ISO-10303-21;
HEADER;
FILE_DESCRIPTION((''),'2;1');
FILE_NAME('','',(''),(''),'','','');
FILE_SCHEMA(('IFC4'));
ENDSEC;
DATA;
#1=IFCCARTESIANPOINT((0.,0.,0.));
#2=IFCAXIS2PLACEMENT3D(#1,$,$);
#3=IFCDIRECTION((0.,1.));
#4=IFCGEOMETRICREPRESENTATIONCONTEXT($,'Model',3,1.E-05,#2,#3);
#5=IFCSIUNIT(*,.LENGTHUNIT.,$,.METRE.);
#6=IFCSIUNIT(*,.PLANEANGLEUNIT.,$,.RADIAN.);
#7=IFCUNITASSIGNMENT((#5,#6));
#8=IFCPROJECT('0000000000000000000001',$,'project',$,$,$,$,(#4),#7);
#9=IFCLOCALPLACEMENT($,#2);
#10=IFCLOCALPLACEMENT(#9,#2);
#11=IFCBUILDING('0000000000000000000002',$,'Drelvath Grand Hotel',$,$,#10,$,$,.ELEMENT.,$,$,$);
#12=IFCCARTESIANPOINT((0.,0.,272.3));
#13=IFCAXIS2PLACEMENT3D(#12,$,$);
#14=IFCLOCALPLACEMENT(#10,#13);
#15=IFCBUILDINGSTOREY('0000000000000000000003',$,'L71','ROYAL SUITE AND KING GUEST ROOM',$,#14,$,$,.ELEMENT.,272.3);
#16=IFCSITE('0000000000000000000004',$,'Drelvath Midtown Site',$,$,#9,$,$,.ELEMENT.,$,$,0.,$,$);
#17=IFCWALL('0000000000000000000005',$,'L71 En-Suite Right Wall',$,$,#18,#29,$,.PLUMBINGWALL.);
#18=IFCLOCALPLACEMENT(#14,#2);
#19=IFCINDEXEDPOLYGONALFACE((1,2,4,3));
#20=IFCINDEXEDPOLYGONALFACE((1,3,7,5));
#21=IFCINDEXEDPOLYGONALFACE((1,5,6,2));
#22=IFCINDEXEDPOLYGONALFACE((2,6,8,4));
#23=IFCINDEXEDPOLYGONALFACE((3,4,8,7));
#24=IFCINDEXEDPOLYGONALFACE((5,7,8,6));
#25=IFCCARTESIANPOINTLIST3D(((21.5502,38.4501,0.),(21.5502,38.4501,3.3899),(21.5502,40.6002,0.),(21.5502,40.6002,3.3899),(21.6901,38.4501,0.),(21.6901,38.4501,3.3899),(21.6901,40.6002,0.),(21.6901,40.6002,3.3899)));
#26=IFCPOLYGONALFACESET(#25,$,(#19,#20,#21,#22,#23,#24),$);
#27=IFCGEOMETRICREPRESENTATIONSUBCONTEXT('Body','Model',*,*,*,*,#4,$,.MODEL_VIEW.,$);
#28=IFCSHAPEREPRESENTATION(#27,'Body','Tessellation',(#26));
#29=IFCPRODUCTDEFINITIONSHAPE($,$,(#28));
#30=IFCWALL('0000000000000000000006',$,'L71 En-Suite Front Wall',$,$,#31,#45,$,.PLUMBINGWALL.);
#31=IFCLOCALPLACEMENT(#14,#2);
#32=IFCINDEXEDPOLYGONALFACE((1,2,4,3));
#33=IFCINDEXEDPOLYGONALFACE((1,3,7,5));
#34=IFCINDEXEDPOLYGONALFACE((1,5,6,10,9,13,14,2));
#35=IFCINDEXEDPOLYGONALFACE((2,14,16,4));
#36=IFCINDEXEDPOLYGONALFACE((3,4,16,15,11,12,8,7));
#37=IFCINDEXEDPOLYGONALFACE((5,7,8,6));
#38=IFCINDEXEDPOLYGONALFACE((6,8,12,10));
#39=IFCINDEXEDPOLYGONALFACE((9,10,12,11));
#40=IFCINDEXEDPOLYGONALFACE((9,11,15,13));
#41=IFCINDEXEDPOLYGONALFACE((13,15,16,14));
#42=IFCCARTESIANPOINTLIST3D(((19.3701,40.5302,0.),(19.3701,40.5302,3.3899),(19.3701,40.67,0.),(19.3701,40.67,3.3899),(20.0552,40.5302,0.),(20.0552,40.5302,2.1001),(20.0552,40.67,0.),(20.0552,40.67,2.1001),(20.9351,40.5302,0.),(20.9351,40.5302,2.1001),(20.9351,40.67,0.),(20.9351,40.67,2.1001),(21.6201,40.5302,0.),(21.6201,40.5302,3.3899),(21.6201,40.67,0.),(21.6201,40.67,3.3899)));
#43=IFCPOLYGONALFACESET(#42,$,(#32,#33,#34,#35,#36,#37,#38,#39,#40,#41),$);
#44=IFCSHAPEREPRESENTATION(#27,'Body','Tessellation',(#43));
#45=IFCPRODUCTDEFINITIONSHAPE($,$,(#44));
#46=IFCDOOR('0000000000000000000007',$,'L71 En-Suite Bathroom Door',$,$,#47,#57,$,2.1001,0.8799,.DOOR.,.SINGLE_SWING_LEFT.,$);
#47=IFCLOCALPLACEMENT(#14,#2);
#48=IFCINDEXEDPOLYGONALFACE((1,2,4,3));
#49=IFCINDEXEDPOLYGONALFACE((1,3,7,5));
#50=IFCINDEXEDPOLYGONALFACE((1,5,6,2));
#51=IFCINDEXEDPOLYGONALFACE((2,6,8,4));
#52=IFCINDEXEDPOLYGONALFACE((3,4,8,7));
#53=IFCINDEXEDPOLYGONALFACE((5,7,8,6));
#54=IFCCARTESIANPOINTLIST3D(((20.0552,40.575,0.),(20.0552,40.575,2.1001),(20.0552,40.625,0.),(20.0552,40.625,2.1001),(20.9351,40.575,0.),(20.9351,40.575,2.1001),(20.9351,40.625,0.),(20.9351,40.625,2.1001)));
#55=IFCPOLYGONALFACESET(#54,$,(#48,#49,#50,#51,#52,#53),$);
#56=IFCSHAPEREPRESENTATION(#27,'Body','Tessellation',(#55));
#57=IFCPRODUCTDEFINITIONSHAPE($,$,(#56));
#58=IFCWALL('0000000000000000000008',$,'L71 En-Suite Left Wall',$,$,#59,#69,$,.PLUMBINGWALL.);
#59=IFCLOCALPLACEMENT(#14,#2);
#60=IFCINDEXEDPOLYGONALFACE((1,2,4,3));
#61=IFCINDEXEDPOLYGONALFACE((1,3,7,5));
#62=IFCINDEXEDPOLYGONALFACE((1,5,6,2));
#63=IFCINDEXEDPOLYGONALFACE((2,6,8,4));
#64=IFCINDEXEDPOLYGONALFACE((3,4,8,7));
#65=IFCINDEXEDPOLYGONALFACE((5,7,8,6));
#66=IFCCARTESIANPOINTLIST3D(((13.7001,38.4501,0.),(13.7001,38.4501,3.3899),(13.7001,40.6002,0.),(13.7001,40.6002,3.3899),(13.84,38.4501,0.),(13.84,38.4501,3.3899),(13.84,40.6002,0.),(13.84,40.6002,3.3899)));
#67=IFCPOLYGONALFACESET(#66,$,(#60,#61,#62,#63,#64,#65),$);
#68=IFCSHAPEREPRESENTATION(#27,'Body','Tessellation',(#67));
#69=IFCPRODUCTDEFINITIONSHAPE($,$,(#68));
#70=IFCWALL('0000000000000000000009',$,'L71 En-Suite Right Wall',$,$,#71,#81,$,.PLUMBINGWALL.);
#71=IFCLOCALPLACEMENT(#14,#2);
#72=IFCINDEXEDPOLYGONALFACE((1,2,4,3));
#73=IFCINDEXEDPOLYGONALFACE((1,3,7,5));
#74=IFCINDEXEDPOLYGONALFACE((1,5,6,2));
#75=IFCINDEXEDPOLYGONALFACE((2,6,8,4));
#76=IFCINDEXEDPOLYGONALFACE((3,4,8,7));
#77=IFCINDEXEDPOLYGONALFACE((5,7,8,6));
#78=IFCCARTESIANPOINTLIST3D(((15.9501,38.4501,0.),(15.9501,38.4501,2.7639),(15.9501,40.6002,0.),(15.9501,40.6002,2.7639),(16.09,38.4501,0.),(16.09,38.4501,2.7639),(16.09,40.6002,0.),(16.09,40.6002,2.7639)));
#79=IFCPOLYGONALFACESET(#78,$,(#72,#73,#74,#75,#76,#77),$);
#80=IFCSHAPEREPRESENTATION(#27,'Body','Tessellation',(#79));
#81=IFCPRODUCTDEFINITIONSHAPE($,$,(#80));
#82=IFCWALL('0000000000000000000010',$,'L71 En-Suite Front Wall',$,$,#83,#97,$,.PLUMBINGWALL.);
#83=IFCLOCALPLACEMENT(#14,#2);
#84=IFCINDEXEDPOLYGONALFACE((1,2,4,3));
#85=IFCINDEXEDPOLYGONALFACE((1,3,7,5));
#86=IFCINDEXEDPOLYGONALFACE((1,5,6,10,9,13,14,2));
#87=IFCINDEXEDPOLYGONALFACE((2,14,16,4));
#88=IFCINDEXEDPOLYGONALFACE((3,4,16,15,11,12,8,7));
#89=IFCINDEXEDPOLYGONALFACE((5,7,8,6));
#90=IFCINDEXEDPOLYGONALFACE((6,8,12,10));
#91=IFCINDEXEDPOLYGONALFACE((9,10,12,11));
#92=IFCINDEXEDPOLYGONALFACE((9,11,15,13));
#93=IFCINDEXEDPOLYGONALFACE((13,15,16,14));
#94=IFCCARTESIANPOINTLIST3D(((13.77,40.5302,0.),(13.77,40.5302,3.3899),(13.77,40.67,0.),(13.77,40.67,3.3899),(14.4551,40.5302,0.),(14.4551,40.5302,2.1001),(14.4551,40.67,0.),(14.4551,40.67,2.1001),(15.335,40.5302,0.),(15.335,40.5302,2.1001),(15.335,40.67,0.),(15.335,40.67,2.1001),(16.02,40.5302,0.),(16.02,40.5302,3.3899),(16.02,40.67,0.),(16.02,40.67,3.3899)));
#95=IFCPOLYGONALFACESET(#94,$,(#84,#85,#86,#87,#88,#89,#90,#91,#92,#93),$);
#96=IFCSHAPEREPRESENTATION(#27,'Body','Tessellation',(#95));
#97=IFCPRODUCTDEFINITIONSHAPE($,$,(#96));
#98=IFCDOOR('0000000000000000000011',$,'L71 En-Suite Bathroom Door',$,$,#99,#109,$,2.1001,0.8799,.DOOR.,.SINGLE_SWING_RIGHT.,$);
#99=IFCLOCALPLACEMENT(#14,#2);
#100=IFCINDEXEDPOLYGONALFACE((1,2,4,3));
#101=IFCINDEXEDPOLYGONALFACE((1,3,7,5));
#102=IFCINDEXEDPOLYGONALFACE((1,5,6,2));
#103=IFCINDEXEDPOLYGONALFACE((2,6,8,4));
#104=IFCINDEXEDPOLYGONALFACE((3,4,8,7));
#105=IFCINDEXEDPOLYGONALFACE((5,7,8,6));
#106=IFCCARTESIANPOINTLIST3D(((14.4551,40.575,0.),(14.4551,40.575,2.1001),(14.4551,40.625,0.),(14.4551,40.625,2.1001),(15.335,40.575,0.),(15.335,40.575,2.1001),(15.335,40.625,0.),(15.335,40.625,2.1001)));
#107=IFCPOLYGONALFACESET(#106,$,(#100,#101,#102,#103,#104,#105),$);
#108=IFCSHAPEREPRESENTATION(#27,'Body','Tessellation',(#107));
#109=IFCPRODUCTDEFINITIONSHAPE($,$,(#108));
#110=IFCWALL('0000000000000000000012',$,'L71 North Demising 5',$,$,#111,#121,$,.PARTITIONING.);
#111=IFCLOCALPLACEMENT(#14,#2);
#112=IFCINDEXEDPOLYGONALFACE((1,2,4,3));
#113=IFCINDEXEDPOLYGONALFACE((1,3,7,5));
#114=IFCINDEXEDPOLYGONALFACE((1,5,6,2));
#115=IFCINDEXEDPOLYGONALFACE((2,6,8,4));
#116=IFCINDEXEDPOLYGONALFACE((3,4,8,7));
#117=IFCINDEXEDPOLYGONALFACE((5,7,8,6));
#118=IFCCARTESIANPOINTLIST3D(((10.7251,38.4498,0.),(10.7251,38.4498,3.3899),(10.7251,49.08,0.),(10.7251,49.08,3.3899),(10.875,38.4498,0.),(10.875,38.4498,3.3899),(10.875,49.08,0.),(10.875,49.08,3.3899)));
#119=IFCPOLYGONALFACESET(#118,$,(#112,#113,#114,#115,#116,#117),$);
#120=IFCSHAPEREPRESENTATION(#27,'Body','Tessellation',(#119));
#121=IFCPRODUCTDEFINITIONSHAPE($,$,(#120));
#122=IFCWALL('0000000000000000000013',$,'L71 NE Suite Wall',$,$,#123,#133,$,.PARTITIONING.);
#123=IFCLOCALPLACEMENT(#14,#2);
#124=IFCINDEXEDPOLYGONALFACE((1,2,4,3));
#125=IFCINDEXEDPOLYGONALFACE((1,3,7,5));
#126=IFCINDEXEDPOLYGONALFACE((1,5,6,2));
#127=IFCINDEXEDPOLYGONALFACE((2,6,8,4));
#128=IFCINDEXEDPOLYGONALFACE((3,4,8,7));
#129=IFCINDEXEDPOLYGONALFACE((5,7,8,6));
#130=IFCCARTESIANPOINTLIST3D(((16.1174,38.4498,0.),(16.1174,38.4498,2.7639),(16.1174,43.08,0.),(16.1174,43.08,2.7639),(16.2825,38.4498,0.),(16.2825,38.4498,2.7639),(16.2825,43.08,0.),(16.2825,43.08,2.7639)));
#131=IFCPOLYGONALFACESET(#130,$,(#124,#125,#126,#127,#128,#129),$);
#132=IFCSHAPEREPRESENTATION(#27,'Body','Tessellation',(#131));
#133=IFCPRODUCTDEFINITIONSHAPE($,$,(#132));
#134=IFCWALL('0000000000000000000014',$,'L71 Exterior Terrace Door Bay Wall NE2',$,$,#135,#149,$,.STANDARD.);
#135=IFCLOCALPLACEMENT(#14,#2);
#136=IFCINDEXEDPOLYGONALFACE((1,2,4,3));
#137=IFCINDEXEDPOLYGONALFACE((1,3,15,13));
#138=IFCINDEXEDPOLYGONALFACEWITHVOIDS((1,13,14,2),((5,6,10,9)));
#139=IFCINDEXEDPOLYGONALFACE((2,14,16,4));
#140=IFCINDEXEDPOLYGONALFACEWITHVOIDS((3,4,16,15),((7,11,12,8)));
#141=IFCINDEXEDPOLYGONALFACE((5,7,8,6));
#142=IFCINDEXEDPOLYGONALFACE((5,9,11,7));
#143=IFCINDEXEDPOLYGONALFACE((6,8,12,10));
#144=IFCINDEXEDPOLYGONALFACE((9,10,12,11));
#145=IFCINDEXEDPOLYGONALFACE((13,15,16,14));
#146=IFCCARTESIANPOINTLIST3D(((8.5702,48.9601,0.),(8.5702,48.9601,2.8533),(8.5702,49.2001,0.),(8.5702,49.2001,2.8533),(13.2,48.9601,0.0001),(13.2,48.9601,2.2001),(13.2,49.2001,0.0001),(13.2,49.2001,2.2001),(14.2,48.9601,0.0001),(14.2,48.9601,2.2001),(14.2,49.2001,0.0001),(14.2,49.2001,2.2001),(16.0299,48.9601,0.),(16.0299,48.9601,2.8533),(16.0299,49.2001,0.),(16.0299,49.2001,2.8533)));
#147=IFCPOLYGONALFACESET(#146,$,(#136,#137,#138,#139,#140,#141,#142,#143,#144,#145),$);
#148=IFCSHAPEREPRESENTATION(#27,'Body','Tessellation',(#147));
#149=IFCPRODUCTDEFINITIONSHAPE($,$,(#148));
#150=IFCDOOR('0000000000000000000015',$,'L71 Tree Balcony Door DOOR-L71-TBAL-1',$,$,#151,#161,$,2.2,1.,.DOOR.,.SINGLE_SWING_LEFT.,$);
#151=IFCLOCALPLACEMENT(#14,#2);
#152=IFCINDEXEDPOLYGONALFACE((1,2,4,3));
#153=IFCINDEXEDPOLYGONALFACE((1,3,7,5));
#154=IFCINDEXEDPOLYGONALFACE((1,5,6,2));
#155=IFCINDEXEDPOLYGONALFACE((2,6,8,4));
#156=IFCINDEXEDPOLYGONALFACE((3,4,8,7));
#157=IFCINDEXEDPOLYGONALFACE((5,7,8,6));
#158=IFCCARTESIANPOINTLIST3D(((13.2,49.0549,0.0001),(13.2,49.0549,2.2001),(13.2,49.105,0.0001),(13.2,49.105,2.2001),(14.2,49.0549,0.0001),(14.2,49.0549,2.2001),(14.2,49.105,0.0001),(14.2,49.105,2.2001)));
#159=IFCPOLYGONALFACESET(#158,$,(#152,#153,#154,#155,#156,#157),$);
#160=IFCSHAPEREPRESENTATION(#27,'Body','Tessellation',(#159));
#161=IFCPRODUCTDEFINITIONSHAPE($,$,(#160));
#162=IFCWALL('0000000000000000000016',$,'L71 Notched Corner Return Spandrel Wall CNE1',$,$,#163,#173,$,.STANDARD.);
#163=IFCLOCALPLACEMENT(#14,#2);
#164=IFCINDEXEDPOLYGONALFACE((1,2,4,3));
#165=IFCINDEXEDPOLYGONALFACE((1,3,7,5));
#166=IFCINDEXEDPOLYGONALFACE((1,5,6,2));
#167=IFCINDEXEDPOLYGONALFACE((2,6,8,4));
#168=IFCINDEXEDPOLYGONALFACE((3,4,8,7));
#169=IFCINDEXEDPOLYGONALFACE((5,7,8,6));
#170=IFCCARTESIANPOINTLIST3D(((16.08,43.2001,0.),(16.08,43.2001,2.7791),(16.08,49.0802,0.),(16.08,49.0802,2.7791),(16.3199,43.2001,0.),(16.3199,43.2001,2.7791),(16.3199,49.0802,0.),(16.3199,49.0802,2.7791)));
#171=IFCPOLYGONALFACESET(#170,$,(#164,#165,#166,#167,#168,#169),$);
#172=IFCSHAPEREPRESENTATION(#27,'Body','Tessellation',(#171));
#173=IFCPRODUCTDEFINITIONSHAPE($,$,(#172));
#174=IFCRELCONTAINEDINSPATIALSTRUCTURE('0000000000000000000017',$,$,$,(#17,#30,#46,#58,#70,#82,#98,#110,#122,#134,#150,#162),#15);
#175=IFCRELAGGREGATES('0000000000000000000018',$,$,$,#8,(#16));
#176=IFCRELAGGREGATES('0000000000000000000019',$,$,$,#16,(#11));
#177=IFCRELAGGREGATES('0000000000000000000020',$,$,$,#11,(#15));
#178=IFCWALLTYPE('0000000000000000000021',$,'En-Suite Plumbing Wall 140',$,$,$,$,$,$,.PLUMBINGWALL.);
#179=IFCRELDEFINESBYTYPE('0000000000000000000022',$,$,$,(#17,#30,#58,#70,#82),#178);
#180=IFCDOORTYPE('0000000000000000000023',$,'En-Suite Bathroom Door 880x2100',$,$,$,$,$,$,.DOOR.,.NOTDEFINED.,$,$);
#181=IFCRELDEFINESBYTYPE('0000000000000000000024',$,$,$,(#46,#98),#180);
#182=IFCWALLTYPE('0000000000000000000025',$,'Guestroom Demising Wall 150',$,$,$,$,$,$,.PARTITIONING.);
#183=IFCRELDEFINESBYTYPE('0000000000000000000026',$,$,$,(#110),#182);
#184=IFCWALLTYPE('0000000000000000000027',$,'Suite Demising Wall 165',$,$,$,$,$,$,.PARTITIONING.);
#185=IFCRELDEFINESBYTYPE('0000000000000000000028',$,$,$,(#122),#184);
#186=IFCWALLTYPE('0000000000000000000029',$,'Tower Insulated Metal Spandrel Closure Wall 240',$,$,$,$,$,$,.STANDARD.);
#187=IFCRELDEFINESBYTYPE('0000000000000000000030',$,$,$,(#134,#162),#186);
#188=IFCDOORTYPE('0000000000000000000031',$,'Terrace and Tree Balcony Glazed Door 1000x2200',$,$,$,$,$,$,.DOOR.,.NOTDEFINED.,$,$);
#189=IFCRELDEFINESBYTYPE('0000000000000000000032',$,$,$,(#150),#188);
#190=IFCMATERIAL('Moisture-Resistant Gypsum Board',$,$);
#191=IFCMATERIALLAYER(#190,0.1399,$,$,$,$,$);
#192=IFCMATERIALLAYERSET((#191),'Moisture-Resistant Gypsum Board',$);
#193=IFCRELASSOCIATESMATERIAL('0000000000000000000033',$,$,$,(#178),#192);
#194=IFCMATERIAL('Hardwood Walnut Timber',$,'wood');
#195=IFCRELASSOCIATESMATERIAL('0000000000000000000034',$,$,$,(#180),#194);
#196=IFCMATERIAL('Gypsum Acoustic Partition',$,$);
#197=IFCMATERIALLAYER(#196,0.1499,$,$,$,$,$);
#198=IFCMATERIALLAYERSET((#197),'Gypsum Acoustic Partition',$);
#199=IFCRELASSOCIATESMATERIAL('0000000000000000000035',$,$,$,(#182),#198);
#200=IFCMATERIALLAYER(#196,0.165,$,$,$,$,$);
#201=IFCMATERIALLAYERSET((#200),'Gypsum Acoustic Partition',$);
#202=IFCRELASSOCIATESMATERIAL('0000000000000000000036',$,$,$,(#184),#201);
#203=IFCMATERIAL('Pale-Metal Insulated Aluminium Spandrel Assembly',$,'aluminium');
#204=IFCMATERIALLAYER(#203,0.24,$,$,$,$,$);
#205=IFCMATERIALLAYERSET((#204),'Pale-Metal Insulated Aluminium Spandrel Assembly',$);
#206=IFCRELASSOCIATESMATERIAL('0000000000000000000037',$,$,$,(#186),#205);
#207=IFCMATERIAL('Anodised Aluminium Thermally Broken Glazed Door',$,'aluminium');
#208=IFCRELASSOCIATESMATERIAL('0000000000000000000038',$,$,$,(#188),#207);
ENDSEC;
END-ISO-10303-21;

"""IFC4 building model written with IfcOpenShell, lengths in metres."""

from ifc_helpers import new_model, si_unit, direction, frame, frame_2d, origin, place, context, subcontext, project, spatial, rectangle, extrude, material, layer, layer_set, type_object, element, fill, save


model = new_model("IFC4")

# Units and contexts
model_context = context("Model", 3, precision=1e-05, world=origin(), true_north=direction((0.0, 1.0)))
body_context = subcontext(model_context, "Body", "Model", "MODEL_VIEW")
ifc_project = project(units=[si_unit("LENGTHUNIT", "METRE"), si_unit("PLANEANGLEUNIT", "RADIAN")], contexts=[model_context])

# Site, building, storey
site_placement = place(None, origin())
site = spatial("IfcSite", under=ifc_project, at=site_placement, Name="Drelvath Midtown Site", CompositionType="ELEMENT", RefElevation=0.0)
building_placement = place(site_placement, origin())
building = spatial("IfcBuilding", under=site, at=building_placement, Name="Drelvath Grand Hotel", CompositionType="ELEMENT")
storey_placement = place(building_placement, frame((0.0, 0.0, 272.3)))
storey = spatial("IfcBuildingStorey", under=building, at=storey_placement, Name="L71", Description="ROYAL SUITE AND KING GUEST ROOM", CompositionType="ELEMENT", Elevation=272.3)

# Wall
ifc_material_1 = material(Name="Moisture-Resistant Gypsum Board")
ifc_layer_1 = layer(ifc_material_1, 0.1399)
ifc_layer_set_1 = layer_set([ifc_layer_1], Name="Moisture-Resistant Gypsum Board")
wall_type_1 = type_object("IfcWallType", Name="En-Suite Plumbing Wall 140", PredefinedType="PLUMBINGWALL", material=ifc_layer_set_1)
for number, where, z_axis, x_axis, name in (
    (1, (21.6201, 38.45, 0.0), (0.0, 0.0, 1.0), (0.0, 1.0, 0.0), "L71 En-Suite Right Wall"),
):
    element("IfcWall", number, at=place(storey_placement, frame(where, z_axis=z_axis, x_axis=x_axis)), inside=storey, type_object=wall_type_1, Name=name, PredefinedType="PLUMBINGWALL", context=body_context, shape_type="SweptSolid", body=[
        extrude(rectangle(XDim=2.1501, YDim=0.1399, at=frame_2d((1.0752, 0.0))), origin(), (0.0, 0.0, 1.0), 3.3899),
    ])

# Wall, opening, door
wall_1_placement = place(storey_placement, frame((19.3701, 40.6001, 0.0), z_axis=(0.0, 0.0, 1.0), x_axis=(1.0, 0.0, 0.0)))
wall_1 = element("IfcWall", 2, at=wall_1_placement, inside=storey, type_object=wall_type_1, Name="L71 En-Suite Front Wall", PredefinedType="PLUMBINGWALL", context=body_context, shape_type="SweptSolid", body=[
    extrude(rectangle(XDim=2.25, YDim=0.1399, at=frame_2d((1.125, 0.0))), origin(), (0.0, 0.0, 1.0), 3.3899),
])
opening_1_placement = place(wall_1_placement, frame((0.6851, 0.0, 0.0)))
opening_1 = element("IfcOpeningElement", 3, at=opening_1_placement, cuts=wall_1, PredefinedType="OPENING", context=body_context, shape_type="SweptSolid", body=[
    extrude(rectangle(XDim=0.8799, YDim=2.1001, at=frame_2d((0.4399, 1.05))), frame((0.0, 0.0798, 0.0), z_axis=(0.0, -1.0, 0.0), x_axis=(1.0, 0.0, 0.0)), (0.0, 0.0, 1.0), 0.1599),
])
ifc_material_2 = material(Name="Hardwood Walnut Timber", Category="wood")
door_type_1 = type_object("IfcDoorType", Name="En-Suite Bathroom Door 880x2100", OperationType="NOTDEFINED", PredefinedType="DOOR", material=ifc_material_2)
door_1_placement = place(opening_1_placement, origin())
door_1 = element("IfcDoor", 4, at=door_1_placement, inside=storey, type_object=door_type_1, Name="L71 En-Suite Bathroom Door", OperationType="SINGLE_SWING_LEFT", OverallHeight=2.1001, OverallWidth=0.8799, PredefinedType="DOOR", context=body_context, shape_type="SweptSolid", body=[
    extrude(rectangle(XDim=0.8799, YDim=2.1001, at=frame_2d((0.4399, 1.05))), frame((0.0, 0.0249, 0.0), z_axis=(0.0, -1.0, 0.0), x_axis=(1.0, 0.0, 0.0)), (0.0, 0.0, 1.0), 0.05),
])
fill(opening_1, door_1)

# Walls
wall_2_placement = place(storey_placement, frame((13.77, 38.45, 0.0), z_axis=(0.0, 0.0, 1.0), x_axis=(0.0, 1.0, 0.0)))
element("IfcWall", 5, at=wall_2_placement, inside=storey, type_object=wall_type_1, Name="L71 En-Suite Left Wall", PredefinedType="PLUMBINGWALL", context=body_context, shape_type="SweptSolid", body=[
    extrude(rectangle(XDim=2.1501, YDim=0.1399, at=frame_2d((1.0752, 0.0))), origin(), (0.0, 0.0, 1.0), 3.3899),
])
wall_3_placement = place(storey_placement, frame((16.02, 38.45, 0.0), z_axis=(0.0, 0.0, 1.0), x_axis=(0.0, 1.0, 0.0)))
element("IfcWall", 6, at=wall_3_placement, inside=storey, type_object=wall_type_1, Name="L71 En-Suite Right Wall", PredefinedType="PLUMBINGWALL", context=body_context, shape_type="SweptSolid", body=[
    extrude(rectangle(XDim=2.1501, YDim=0.1399, at=frame_2d((1.0752, 0.0))), origin(), (0.0, 0.0, 1.0), 2.7639),
])

# Wall, opening, door
wall_4_placement = place(storey_placement, frame((13.77, 40.6001, 0.0), z_axis=(0.0, 0.0, 1.0), x_axis=(1.0, 0.0, 0.0)))
wall_4 = element("IfcWall", 7, at=wall_4_placement, inside=storey, type_object=wall_type_1, Name="L71 En-Suite Front Wall", PredefinedType="PLUMBINGWALL", context=body_context, shape_type="SweptSolid", body=[
    extrude(rectangle(XDim=2.25, YDim=0.1399, at=frame_2d((1.125, 0.0))), origin(), (0.0, 0.0, 1.0), 3.3899),
])
opening_2_placement = place(wall_4_placement, frame((0.6851, 0.0, 0.0)))
opening_2 = element("IfcOpeningElement", 8, at=opening_2_placement, cuts=wall_4, PredefinedType="OPENING", context=body_context, shape_type="SweptSolid", body=[
    extrude(rectangle(XDim=0.8799, YDim=2.1001, at=frame_2d((0.4399, 1.05))), frame((0.0, 0.0798, 0.0), z_axis=(0.0, -1.0, 0.0), x_axis=(1.0, 0.0, 0.0)), (0.0, 0.0, 1.0), 0.1599),
])
door_2_placement = place(opening_2_placement, origin())
door_2 = element("IfcDoor", 9, at=door_2_placement, inside=storey, type_object=door_type_1, Name="L71 En-Suite Bathroom Door", OperationType="SINGLE_SWING_RIGHT", OverallHeight=2.1001, OverallWidth=0.8799, PredefinedType="DOOR", context=body_context, shape_type="SweptSolid", body=[
    extrude(rectangle(XDim=0.8799, YDim=2.1001, at=frame_2d((0.4399, 1.05))), frame((0.0, 0.0249, 0.0), z_axis=(0.0, -1.0, 0.0), x_axis=(1.0, 0.0, 0.0)), (0.0, 0.0, 1.0), 0.05),
])
fill(opening_2, door_2)

# Walls
ifc_material_3 = material(Name="Gypsum Acoustic Partition")
ifc_layer_2 = layer(ifc_material_3, 0.1499)
ifc_layer_set_2 = layer_set([ifc_layer_2], Name="Gypsum Acoustic Partition")
wall_type_2 = type_object("IfcWallType", Name="Guestroom Demising Wall 150", PredefinedType="PARTITIONING", material=ifc_layer_set_2)
wall_5_placement = place(storey_placement, frame((10.8, 38.45, 0.0), z_axis=(0.0, 0.0, 1.0), x_axis=(0.0, 1.0, 0.0)))
element("IfcWall", 10, at=wall_5_placement, inside=storey, type_object=wall_type_2, Name="L71 North Demising 5", PredefinedType="PARTITIONING", context=body_context, shape_type="SweptSolid", body=[
    extrude(rectangle(XDim=10.6301, YDim=0.1499, at=frame_2d((5.3149, 0.0))), origin(), (0.0, 0.0, 1.0), 3.3899),
])
ifc_layer_3 = layer(ifc_material_3, 0.165)
ifc_layer_set_3 = layer_set([ifc_layer_3], Name="Gypsum Acoustic Partition")
wall_type_3 = type_object("IfcWallType", Name="Suite Demising Wall 165", PredefinedType="PARTITIONING", material=ifc_layer_set_3)
wall_6_placement = place(storey_placement, frame((16.2, 38.45, 0.0), z_axis=(0.0, 0.0, 1.0), x_axis=(0.0, 1.0, 0.0)))
element("IfcWall", 11, at=wall_6_placement, inside=storey, type_object=wall_type_3, Name="L71 NE Suite Wall", PredefinedType="PARTITIONING", context=body_context, shape_type="SweptSolid", body=[
    extrude(rectangle(XDim=4.6301, YDim=0.165, at=frame_2d((2.3149, 0.0))), origin(), (0.0, 0.0, 1.0), 2.7639),
])

# Wall, opening, door
ifc_material_4 = material(Name="Pale-Metal Insulated Aluminium Spandrel Assembly", Category="aluminium")
ifc_layer_4 = layer(ifc_material_4, 0.24)
ifc_layer_set_4 = layer_set([ifc_layer_4], Name="Pale-Metal Insulated Aluminium Spandrel Assembly")
wall_type_4 = type_object("IfcWallType", Name="Tower Insulated Metal Spandrel Closure Wall 240", PredefinedType="STANDARD", material=ifc_layer_set_4)
wall_7_placement = place(storey_placement, frame((8.5701, 49.0801, 0.0), z_axis=(0.0, 0.0, 1.0), x_axis=(1.0, 0.0, 0.0)))
wall_7 = element("IfcWall", 12, at=wall_7_placement, inside=storey, type_object=wall_type_4, Name="L71 Exterior Terrace Door Bay Wall NE2", PredefinedType="STANDARD", context=body_context, shape_type="SweptSolid", body=[
    extrude(rectangle(XDim=7.4597, YDim=0.24, at=frame_2d((3.73, 0.0))), origin(), (0.0, 0.0, 1.0), 2.8533),
])
opening_3_placement = place(wall_7_placement, frame((4.6299, 0.0, 0.0)))
opening_3 = element("IfcOpeningElement", 13, at=opening_3_placement, cuts=wall_7, PredefinedType="OPENING", context=body_context, shape_type="SweptSolid", body=[
    extrude(rectangle(XDim=1.0, YDim=2.2, at=frame_2d((0.5, 1.1001))), frame((0.0, 0.1299, 0.0), z_axis=(0.0, -1.0, 0.0), x_axis=(1.0, 0.0, 0.0)), (0.0, 0.0, 1.0), 0.26),
])
ifc_material_5 = material(Name="Anodised Aluminium Thermally Broken Glazed Door", Category="aluminium")
door_type_2 = type_object("IfcDoorType", Name="Terrace and Tree Balcony Glazed Door 1000x2200", OperationType="NOTDEFINED", PredefinedType="DOOR", material=ifc_material_5)
door_3_placement = place(opening_3_placement, origin())
door_3 = element("IfcDoor", 14, at=door_3_placement, inside=storey, type_object=door_type_2, Name="L71 Tree Balcony Door DOOR-L71-TBAL-1", OperationType="SINGLE_SWING_LEFT", OverallHeight=2.2, OverallWidth=1.0, PredefinedType="DOOR", context=body_context, shape_type="SweptSolid", body=[
    extrude(rectangle(XDim=1.0, YDim=2.2, at=frame_2d((0.5, 1.1001))), frame((0.0, 0.0249, 0.0), z_axis=(0.0, -1.0, 0.0), x_axis=(1.0, 0.0, 0.0)), (0.0, 0.0, 1.0), 0.05),
])
fill(opening_3, door_3)

# Wall
for number, where, z_axis, x_axis, name in (
    (15, (16.2, 49.0801, 0.0), (0.0, 0.0, 1.0), (0.0, -1.0, 0.0), "L71 Notched Corner Return Spandrel Wall CNE1"),
):
    element("IfcWall", number, at=place(storey_placement, frame(where, z_axis=z_axis, x_axis=x_axis)), inside=storey, type_object=wall_type_4, Name=name, PredefinedType="STANDARD", context=body_context, shape_type="SweptSolid", body=[
        extrude(rectangle(XDim=5.8801, YDim=0.24, at=frame_2d((2.9399, 0.0))), origin(), (0.0, 0.0, 1.0), 2.7791),
    ])

save(model, "model.ifc")
